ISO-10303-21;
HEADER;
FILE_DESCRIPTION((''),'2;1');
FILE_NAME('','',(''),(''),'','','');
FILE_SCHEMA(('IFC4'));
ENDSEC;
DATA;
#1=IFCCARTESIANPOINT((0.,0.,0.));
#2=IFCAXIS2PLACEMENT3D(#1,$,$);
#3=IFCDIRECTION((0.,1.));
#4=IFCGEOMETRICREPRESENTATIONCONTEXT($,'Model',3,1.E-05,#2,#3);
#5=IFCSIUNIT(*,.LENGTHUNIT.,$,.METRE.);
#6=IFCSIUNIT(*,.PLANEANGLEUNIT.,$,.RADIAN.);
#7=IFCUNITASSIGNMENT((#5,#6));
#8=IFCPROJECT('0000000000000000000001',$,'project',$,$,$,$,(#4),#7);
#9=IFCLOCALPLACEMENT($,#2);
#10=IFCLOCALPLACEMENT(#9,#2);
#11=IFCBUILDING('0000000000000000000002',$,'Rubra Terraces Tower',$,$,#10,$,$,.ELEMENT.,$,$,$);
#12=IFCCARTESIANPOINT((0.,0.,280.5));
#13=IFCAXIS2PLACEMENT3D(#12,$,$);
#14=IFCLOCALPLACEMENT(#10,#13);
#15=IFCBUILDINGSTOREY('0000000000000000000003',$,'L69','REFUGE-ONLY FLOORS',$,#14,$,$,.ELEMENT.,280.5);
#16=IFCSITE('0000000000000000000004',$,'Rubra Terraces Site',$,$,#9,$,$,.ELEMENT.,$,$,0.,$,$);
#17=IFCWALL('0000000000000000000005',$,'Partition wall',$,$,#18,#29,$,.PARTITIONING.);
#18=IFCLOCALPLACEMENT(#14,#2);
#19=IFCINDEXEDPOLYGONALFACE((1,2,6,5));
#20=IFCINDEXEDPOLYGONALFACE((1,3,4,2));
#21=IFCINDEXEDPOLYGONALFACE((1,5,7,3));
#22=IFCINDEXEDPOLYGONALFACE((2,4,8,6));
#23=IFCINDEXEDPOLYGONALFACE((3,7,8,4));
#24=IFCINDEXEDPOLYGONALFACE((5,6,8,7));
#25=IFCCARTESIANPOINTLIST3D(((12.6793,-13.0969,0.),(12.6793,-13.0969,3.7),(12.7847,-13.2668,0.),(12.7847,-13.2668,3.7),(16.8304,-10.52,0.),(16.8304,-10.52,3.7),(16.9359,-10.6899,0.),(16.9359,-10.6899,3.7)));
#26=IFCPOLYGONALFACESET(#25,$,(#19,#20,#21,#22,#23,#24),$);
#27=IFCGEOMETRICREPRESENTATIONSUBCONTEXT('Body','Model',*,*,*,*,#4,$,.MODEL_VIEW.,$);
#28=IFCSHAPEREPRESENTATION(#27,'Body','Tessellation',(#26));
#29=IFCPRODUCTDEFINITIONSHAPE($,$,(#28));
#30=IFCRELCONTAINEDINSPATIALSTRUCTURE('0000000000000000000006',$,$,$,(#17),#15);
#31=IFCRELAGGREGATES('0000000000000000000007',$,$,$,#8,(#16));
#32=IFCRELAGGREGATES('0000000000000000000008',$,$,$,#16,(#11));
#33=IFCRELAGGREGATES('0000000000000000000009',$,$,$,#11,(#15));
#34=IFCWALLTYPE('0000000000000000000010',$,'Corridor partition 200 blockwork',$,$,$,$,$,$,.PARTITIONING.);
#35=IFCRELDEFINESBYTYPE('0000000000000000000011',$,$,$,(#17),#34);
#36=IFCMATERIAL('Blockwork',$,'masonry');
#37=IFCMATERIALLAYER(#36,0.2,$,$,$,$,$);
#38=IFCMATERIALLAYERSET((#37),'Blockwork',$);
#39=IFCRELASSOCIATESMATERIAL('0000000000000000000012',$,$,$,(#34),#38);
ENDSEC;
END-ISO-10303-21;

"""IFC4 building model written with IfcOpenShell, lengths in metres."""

from ifc_helpers import new_model, si_unit, direction, frame, frame_2d, origin, place, context, subcontext, project, spatial, rectangle, extrude, material, layer, layer_set, type_object, element, save


model = new_model("IFC4")

# Units and contexts
model_context = context("Model", 3, precision=1e-05, world=origin(), true_north=direction((0.0, 1.0)))
body_context = subcontext(model_context, "Body", "Model", "MODEL_VIEW")
ifc_project = project(units=[si_unit("LENGTHUNIT", "METRE"), si_unit("PLANEANGLEUNIT", "RADIAN")], contexts=[model_context])

# Site, building, storey
site_placement = place(None, origin())
site = spatial("IfcSite", under=ifc_project, at=site_placement, Name="Rubra Terraces Site", CompositionType="ELEMENT", RefElevation=0.0)
building_placement = place(site_placement, origin())
building = spatial("IfcBuilding", under=site, at=building_placement, Name="Rubra Terraces Tower", CompositionType="ELEMENT")
storey_placement = place(building_placement, frame((0.0, 0.0, 280.5)))
storey = spatial("IfcBuildingStorey", under=building, at=storey_placement, Name="L69", Description="REFUGE-ONLY FLOORS", CompositionType="ELEMENT", Elevation=280.5)

# Wall
ifc_material_1 = material(Name="Blockwork", Category="masonry")
ifc_layer_1 = layer(ifc_material_1, 0.2)
ifc_layer_set_1 = layer_set([ifc_layer_1], Name="Blockwork")
wall_type_1 = type_object("IfcWallType", Name="Corridor partition 200 blockwork", PredefinedType="PARTITIONING", material=ifc_layer_set_1)
wall_1_placement = place(storey_placement, frame((16.8831, -10.605, 0.0), z_axis=(0.0, 0.0, 1.0), x_axis=(-0.849609, -0.527414, 0.0)))
element("IfcWall", 1, at=wall_1_placement, inside=storey, type_object=wall_type_1, Name="Partition wall", PredefinedType="PARTITIONING", context=body_context, shape_type="SweptSolid", body=[
    extrude(rectangle(XDim=4.886, YDim=0.2, at=frame_2d((2.4429, 0.0))), origin(), (0.0, 0.0, 1.0), 3.7),
])

save(model, "model.ifc")
